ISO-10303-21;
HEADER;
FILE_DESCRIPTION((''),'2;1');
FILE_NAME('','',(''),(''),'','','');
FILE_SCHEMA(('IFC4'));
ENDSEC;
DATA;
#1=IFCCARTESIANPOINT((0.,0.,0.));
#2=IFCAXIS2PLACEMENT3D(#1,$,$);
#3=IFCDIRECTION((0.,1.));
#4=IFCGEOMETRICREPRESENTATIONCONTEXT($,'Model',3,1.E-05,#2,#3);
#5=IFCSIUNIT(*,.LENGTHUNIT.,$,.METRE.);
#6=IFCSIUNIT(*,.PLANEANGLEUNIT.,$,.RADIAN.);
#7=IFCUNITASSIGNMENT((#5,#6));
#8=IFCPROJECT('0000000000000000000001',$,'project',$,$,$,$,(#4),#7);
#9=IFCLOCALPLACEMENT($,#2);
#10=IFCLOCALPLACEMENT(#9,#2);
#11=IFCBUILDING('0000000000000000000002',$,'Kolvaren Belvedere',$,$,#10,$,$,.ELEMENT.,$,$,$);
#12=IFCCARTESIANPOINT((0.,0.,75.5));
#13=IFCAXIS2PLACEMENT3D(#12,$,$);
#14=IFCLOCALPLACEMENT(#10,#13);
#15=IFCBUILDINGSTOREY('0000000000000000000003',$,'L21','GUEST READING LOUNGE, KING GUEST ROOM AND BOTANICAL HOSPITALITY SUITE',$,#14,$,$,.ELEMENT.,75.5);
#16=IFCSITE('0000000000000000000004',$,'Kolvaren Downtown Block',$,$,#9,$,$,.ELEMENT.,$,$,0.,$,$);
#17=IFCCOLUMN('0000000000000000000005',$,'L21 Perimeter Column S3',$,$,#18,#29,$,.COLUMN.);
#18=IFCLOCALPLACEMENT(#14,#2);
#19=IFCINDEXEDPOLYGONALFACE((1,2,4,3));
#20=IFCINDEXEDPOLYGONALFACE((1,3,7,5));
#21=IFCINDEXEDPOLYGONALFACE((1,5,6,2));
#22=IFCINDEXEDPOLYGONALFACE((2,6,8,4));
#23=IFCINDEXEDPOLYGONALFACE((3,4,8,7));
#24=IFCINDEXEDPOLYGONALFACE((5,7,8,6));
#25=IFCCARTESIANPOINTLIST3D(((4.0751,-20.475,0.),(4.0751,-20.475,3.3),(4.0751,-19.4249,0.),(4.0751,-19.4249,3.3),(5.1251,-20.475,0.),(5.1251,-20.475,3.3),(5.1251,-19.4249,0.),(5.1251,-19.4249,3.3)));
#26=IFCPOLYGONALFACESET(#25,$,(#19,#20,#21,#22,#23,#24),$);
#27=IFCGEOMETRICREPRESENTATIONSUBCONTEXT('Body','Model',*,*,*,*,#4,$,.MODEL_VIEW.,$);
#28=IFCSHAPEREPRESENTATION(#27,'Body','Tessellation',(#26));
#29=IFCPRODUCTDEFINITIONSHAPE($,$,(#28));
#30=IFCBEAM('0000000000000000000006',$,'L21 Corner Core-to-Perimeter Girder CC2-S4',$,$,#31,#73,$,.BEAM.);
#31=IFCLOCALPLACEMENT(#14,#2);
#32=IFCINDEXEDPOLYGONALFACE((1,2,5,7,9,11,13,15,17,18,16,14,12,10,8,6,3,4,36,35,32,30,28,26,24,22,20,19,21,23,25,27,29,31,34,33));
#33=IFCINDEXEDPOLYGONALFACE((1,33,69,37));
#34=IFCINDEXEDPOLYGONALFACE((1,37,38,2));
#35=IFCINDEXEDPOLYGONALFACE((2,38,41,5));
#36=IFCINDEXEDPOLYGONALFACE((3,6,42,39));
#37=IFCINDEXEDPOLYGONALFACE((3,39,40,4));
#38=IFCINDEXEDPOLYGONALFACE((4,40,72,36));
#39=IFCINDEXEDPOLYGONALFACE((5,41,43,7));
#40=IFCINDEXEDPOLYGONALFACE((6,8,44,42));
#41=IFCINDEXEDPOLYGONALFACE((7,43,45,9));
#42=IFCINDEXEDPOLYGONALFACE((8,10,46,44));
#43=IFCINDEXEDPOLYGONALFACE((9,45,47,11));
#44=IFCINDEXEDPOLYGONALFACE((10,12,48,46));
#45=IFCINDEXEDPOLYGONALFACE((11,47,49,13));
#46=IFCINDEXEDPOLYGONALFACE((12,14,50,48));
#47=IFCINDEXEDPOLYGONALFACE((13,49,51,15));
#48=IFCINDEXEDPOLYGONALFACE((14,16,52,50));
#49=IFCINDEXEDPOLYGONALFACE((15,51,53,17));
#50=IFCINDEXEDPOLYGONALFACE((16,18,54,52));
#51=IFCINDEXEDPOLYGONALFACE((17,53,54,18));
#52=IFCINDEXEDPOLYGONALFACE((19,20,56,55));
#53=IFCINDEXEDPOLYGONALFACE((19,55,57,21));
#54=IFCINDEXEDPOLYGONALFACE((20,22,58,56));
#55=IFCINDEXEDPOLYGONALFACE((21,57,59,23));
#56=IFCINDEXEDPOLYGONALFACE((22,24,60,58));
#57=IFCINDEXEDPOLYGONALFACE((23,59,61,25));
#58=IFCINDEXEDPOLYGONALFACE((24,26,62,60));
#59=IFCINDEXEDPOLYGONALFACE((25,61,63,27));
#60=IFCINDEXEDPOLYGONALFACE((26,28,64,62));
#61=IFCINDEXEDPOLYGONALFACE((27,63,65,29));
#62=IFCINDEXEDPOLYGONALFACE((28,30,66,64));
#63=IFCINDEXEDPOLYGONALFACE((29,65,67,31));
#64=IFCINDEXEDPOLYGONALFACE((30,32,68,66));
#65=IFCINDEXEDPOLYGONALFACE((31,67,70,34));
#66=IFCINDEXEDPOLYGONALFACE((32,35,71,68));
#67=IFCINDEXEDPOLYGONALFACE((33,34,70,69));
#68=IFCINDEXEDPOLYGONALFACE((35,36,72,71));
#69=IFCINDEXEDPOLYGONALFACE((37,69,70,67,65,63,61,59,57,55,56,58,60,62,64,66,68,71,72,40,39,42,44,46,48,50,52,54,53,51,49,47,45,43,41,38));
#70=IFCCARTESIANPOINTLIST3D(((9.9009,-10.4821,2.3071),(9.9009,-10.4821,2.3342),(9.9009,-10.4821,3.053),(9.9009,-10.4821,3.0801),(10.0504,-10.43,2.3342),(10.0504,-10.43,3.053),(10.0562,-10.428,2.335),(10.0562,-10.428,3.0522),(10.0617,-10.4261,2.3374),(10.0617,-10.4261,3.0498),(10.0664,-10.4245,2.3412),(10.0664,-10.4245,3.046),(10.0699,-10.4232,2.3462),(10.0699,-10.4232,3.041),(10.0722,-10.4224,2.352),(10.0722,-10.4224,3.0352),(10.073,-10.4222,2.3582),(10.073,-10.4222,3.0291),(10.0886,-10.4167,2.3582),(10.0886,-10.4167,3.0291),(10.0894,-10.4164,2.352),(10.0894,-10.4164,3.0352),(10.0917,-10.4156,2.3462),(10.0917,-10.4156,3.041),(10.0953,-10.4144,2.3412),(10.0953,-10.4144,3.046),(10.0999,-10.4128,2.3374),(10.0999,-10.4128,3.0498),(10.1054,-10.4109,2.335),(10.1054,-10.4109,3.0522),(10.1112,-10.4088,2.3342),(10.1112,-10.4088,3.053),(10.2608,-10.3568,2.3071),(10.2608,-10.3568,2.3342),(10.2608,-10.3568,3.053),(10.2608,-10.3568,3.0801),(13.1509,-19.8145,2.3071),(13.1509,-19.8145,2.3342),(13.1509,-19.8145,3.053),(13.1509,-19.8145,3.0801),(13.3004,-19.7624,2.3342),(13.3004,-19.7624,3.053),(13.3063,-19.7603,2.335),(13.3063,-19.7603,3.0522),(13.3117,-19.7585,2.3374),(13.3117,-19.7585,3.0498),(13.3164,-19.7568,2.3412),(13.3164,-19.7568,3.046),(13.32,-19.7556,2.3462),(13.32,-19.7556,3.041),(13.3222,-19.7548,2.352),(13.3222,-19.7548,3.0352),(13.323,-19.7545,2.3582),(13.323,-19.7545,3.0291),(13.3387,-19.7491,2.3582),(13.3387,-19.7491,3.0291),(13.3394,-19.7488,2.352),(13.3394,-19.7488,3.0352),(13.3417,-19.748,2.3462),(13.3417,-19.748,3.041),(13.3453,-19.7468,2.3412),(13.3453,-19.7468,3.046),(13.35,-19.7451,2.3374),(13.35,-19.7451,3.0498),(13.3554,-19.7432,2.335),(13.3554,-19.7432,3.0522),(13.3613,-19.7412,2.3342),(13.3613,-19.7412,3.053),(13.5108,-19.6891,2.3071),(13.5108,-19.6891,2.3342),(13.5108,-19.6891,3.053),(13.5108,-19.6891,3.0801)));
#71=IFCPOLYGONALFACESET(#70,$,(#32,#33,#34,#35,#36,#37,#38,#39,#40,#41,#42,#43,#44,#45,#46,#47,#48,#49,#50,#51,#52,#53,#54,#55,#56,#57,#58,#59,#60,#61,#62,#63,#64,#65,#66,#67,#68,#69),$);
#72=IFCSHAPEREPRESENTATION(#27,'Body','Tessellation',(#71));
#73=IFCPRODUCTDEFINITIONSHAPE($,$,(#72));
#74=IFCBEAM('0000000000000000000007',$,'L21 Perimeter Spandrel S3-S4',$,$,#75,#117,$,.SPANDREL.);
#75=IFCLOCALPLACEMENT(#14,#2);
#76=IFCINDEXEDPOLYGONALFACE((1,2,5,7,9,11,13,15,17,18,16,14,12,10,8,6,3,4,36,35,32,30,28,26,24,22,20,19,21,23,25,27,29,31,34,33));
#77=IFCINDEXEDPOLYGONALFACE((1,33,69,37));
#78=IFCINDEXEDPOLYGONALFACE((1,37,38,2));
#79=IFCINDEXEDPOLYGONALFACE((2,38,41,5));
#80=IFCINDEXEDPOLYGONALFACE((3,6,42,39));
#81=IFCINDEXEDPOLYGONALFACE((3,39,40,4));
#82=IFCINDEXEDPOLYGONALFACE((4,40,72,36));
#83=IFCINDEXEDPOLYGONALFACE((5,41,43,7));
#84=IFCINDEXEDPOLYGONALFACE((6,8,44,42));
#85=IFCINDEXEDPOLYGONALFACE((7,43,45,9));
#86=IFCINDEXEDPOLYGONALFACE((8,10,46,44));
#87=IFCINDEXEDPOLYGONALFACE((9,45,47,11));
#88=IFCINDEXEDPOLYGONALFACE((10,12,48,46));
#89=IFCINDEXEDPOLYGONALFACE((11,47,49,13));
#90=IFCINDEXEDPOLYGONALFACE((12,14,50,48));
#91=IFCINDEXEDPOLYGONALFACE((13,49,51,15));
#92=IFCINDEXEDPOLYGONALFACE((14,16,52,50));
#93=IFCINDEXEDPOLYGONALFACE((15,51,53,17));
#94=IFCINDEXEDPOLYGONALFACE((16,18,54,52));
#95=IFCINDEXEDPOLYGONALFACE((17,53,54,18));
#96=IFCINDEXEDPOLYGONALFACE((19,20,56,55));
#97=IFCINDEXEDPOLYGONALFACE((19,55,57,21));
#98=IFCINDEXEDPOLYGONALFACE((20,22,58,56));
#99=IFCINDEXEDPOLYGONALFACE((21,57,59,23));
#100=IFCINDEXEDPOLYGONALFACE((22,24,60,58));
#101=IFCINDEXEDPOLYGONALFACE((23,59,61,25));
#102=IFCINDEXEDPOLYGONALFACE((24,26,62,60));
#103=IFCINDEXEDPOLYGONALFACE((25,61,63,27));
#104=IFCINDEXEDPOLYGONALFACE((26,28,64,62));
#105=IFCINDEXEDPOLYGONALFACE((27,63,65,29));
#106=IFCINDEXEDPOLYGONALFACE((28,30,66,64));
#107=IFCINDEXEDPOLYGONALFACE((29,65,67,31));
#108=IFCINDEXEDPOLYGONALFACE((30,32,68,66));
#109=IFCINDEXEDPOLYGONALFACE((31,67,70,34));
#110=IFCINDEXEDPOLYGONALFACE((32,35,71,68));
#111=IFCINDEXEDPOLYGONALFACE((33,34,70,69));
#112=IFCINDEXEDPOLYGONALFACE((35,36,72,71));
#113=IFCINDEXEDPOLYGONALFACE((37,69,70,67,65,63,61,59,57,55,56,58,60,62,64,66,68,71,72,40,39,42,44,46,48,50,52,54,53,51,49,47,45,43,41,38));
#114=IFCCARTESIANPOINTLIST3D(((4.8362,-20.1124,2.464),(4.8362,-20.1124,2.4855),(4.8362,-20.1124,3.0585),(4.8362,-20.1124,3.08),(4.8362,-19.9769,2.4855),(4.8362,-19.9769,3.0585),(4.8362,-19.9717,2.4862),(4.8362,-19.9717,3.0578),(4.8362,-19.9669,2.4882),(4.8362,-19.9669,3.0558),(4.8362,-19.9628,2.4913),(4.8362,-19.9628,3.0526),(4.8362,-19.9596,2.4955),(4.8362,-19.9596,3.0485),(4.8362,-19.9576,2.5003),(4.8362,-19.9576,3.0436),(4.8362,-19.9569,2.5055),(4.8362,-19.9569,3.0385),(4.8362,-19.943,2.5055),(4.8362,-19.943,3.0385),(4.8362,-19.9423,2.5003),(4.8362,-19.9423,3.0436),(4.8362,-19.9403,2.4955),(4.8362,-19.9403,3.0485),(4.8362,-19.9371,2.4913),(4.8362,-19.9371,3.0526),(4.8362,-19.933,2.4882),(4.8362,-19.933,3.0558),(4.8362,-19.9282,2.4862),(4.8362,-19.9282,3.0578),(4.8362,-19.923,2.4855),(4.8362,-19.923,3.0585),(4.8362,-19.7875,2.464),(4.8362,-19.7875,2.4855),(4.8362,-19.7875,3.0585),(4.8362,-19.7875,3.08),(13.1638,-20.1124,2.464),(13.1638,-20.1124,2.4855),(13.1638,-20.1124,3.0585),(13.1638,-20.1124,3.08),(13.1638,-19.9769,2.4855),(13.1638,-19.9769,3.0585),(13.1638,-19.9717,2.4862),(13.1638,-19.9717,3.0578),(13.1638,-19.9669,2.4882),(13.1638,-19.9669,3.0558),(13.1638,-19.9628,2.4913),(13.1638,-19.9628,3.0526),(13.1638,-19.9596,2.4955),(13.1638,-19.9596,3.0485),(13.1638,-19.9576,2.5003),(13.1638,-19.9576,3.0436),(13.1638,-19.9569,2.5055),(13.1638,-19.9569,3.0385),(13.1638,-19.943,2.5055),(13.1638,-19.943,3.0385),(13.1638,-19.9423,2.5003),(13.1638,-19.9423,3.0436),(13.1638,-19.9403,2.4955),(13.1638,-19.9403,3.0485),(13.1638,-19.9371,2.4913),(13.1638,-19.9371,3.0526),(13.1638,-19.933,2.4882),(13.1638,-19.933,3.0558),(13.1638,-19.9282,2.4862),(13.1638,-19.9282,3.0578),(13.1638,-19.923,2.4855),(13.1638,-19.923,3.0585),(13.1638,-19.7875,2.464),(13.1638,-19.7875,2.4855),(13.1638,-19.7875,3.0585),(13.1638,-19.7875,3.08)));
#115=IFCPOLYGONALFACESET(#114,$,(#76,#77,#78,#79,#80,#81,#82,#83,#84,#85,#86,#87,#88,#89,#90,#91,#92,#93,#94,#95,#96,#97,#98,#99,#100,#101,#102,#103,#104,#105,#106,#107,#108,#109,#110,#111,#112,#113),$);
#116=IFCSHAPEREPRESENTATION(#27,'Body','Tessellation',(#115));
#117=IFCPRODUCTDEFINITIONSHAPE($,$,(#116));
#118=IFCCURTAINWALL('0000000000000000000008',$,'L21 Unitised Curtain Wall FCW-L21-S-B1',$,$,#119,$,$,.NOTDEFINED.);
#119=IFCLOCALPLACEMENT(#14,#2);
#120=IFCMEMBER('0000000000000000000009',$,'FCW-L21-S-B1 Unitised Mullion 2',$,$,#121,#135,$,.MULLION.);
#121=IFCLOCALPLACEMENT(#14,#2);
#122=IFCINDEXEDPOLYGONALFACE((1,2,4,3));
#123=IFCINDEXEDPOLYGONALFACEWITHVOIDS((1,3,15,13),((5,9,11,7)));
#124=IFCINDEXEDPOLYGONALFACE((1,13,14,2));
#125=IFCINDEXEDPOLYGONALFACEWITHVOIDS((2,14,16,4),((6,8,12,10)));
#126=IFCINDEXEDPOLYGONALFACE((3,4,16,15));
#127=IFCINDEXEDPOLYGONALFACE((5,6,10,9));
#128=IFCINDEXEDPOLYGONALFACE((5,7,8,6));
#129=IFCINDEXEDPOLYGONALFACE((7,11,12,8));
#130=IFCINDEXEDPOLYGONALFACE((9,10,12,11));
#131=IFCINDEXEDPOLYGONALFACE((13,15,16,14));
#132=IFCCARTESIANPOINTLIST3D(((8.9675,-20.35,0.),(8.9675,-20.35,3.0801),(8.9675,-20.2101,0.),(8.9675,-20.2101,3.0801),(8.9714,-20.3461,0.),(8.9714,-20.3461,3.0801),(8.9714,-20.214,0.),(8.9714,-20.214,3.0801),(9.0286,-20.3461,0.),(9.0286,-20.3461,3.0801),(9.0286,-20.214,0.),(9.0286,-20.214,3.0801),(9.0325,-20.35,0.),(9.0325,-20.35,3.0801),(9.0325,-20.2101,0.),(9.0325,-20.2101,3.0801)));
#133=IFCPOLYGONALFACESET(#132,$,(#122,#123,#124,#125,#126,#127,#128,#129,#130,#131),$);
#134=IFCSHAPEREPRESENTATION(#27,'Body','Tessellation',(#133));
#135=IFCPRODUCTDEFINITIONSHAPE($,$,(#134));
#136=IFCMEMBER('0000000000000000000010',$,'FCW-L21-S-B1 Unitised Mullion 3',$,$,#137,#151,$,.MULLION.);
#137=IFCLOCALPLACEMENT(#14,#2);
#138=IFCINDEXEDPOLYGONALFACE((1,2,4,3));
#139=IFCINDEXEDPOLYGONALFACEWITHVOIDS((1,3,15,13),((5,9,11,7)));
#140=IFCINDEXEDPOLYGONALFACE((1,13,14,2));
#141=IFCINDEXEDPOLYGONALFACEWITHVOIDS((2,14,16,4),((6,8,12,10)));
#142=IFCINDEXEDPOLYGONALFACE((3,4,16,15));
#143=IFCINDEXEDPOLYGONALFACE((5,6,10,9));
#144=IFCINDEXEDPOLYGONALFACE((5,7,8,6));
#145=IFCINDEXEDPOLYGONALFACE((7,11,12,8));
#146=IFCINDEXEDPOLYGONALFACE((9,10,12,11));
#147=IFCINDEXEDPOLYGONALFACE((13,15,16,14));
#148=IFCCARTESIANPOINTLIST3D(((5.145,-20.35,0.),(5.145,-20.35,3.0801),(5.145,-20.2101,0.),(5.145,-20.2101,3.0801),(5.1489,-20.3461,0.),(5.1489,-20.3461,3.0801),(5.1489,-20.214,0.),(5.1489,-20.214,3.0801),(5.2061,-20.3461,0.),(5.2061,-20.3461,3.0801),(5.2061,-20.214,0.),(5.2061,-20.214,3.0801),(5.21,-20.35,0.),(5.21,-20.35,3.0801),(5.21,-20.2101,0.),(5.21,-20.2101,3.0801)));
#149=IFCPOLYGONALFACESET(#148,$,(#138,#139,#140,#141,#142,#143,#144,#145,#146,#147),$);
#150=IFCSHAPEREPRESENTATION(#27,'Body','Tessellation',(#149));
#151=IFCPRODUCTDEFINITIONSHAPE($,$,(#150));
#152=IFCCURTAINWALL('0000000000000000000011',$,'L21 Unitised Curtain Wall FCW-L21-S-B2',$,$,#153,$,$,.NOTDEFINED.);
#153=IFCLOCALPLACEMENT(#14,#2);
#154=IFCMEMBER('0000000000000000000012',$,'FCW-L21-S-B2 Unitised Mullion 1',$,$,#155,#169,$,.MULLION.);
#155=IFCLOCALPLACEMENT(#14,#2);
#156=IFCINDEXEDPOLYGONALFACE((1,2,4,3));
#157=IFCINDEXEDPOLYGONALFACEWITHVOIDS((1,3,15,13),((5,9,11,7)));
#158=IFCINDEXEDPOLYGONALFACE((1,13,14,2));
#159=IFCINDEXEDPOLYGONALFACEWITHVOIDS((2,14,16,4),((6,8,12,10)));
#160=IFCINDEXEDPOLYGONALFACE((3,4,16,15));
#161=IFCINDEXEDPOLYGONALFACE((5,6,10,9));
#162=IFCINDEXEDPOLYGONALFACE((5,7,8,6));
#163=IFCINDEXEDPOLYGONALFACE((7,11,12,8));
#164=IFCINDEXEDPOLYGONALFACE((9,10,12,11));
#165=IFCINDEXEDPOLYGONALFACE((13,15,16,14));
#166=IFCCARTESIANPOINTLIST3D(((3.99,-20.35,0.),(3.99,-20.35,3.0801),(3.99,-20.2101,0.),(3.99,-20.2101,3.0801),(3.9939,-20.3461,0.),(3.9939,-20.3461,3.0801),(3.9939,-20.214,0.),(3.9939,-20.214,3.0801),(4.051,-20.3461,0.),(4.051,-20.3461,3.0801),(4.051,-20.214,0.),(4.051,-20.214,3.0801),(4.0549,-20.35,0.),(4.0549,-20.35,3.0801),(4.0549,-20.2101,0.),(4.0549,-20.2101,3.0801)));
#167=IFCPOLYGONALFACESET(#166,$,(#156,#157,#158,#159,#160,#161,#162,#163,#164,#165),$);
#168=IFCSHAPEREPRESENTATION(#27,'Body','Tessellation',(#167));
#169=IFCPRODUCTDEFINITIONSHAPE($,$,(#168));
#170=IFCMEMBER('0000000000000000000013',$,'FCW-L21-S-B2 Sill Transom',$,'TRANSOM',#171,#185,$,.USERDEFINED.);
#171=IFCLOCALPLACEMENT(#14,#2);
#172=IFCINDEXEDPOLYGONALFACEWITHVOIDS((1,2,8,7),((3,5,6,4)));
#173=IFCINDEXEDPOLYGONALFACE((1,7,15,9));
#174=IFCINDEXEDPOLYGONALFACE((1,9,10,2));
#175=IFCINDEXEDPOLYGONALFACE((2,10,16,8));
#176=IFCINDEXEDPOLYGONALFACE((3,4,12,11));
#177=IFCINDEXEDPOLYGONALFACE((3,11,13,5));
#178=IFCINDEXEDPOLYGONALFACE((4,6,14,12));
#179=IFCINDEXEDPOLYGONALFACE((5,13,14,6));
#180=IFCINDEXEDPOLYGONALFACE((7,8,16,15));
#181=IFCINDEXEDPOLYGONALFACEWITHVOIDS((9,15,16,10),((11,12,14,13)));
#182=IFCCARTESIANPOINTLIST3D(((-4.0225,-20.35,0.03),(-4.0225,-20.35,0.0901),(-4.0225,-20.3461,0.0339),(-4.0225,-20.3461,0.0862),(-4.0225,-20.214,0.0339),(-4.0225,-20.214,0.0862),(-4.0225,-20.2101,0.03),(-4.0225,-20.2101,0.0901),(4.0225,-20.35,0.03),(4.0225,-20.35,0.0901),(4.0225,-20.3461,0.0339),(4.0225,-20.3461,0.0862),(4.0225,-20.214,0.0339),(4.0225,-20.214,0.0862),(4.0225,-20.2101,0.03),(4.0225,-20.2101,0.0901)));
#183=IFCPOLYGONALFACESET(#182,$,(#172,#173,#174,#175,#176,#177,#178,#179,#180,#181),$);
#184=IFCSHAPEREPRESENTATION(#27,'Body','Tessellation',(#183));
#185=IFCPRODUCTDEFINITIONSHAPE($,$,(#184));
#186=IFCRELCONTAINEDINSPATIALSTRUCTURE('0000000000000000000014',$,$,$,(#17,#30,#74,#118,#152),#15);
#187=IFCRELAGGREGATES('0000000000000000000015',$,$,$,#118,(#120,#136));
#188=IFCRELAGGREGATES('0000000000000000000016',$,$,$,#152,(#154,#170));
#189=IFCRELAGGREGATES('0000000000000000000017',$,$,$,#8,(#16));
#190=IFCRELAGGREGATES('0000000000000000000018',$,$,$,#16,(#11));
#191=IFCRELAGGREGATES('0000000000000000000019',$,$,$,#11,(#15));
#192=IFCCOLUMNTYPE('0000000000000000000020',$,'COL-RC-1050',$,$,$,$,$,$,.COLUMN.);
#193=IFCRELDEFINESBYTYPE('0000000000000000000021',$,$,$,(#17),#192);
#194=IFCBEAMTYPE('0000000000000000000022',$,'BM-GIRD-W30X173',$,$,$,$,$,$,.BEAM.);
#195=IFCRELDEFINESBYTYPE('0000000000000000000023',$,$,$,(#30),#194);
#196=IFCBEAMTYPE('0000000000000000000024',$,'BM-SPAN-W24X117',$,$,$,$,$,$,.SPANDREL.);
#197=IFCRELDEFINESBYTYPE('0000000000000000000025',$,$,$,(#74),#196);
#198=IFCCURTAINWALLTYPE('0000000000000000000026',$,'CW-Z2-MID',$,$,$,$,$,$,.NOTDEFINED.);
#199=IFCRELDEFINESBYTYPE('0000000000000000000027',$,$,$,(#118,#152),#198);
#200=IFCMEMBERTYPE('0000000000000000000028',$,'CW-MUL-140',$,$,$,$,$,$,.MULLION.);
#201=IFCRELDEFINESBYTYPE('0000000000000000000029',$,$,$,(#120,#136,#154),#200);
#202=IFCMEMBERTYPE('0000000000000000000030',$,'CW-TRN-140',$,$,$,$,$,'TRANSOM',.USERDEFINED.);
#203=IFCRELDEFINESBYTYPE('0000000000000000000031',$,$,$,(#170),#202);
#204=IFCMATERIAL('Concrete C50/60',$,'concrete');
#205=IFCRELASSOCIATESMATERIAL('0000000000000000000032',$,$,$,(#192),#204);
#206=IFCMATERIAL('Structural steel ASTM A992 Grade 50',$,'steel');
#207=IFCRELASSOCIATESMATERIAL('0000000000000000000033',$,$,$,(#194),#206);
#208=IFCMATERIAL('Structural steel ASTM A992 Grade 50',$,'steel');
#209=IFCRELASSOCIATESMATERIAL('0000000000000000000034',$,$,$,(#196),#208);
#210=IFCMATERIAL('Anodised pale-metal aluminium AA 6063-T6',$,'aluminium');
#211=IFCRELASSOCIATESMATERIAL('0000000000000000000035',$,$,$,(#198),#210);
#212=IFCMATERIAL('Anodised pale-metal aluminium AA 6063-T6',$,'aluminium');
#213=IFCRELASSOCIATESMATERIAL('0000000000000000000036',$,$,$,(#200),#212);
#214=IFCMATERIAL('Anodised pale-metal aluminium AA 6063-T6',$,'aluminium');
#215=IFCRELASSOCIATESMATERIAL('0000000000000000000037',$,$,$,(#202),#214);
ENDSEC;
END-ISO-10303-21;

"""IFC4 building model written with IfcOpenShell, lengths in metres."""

from ifc_helpers import new_model, si_unit, direction, frame, origin, origin_2d, place, context, subcontext, project, spatial, rectangle, hollow_rectangle, i_section, extrude, material, material_profile, profile_set, type_object, element, aggregate, save


model = new_model("IFC4")

# Units and contexts
model_context = context("Model", 3, precision=1e-05, world=origin(), true_north=direction((0.0, 1.0)))
body_context = subcontext(model_context, "Body", "Model", "MODEL_VIEW")
ifc_project = project(units=[si_unit("LENGTHUNIT", "METRE"), si_unit("PLANEANGLEUNIT", "RADIAN")], contexts=[model_context])

# Site, building, storey
site_placement = place(None, origin())
site = spatial("IfcSite", under=ifc_project, at=site_placement, Name="Kolvaren Downtown Block", CompositionType="ELEMENT", RefElevation=0.0)
building_placement = place(site_placement, origin())
building = spatial("IfcBuilding", under=site, at=building_placement, Name="Kolvaren Belvedere", CompositionType="ELEMENT")
storey_placement = place(building_placement, frame((0.0, 0.0, 75.5)))
storey = spatial("IfcBuildingStorey", under=building, at=storey_placement, Name="L21", Description="GUEST READING LOUNGE, KING GUEST ROOM AND BOTANICAL HOSPITALITY SUITE", CompositionType="ELEMENT", Elevation=75.5)

# Column
ifc_material_1 = material(Name="Concrete C50/60", Category="concrete")
ifc_material_profile_1 = material_profile(ifc_material_1, rectangle(XDim=1.05, YDim=1.05, at=origin_2d()), Name="RC 1050X1050")
ifc_profile_set_1 = profile_set([ifc_material_profile_1], Name="Concrete C50/60")
column_type = type_object("IfcColumnType", Name="COL-RC-1050", PredefinedType="COLUMN", material=ifc_profile_set_1)
column_placement = place(storey_placement, frame((4.6001, -19.95, 0.0), z_axis=(0.0, 0.0, 1.0), x_axis=(1.0, 0.0, 0.0)))
element("IfcColumn", 1, at=column_placement, inside=storey, type_object=column_type, Name="L21 Perimeter Column S3", PredefinedType="COLUMN", context=body_context, shape_type="SweptSolid", body=[
    extrude(rectangle(XDim=1.05, YDim=1.05, at=origin_2d()), origin(), (0.0, 0.0, 1.0), 3.3),
])

# Beams
ifc_material_2 = material(Name="Structural steel ASTM A992 Grade 50", Category="steel")
ifc_material_profile_2 = material_profile(ifc_material_2, i_section(OverallWidth=0.3811, OverallDepth=0.7729, WebThickness=0.0166, FlangeThickness=0.0271, FilletRadius=0.0239, at=origin_2d()), Name="W30X173")
ifc_profile_set_2 = profile_set([ifc_material_profile_2], Name="Structural steel ASTM A992 Grade 50")
beam_type_1 = type_object("IfcBeamType", Name="BM-GIRD-W30X173", PredefinedType="BEAM", material=ifc_profile_set_2)
beam_1_placement = place(storey_placement, frame((10.0808, -10.4194, 2.6936), z_axis=(0.328881, -0.944371, 0.0), x_axis=(0.944371, 0.328881, 0.0)))
element("IfcBeam", 2, at=beam_1_placement, inside=storey, type_object=beam_type_1, Name="L21 Corner Core-to-Perimeter Girder CC2-S4", PredefinedType="BEAM", context=body_context, shape_type="SweptSolid", body=[
    extrude(i_section(OverallWidth=0.3811, OverallDepth=0.7729, WebThickness=0.0166, FlangeThickness=0.0271, FilletRadius=0.0239, at=origin_2d()), origin(), (0.0, 0.0, 1.0), 9.8821),
])
ifc_material_3 = material(Name="Structural steel ASTM A992 Grade 50", Category="steel")
ifc_material_profile_3 = material_profile(ifc_material_3, i_section(OverallWidth=0.325, OverallDepth=0.616, WebThickness=0.0139, FlangeThickness=0.0215, FilletRadius=0.02, at=origin_2d()), Name="W24X117")
ifc_profile_set_3 = profile_set([ifc_material_profile_3], Name="Structural steel ASTM A992 Grade 50")
beam_type_2 = type_object("IfcBeamType", Name="BM-SPAN-W24X117", PredefinedType="SPANDREL", material=ifc_profile_set_3)
beam_2_placement = place(storey_placement, frame((4.8362, -19.95, 2.772), z_axis=(1.0, 0.0, 0.0), x_axis=(0.0, 1.0, 0.0)))
element("IfcBeam", 3, at=beam_2_placement, inside=storey, type_object=beam_type_2, Name="L21 Perimeter Spandrel S3-S4", PredefinedType="SPANDREL", context=body_context, shape_type="SweptSolid", body=[
    extrude(i_section(OverallWidth=0.325, OverallDepth=0.616, WebThickness=0.0139, FlangeThickness=0.0215, FilletRadius=0.02, at=origin_2d()), origin(), (0.0, 0.0, 1.0), 8.3276),
])

# Curtain walls, members
ifc_material_4 = material(Name="Anodised pale-metal aluminium AA 6063-T6", Category="aluminium")
curtain_wall_type = type_object("IfcCurtainWallType", Name="CW-Z2-MID", PredefinedType="NOTDEFINED", material=ifc_material_4)
curtain_wall_1_placement = place(storey_placement, origin())
curtain_wall_1 = element("IfcCurtainWall", 4, at=curtain_wall_1_placement, inside=storey, type_object=curtain_wall_type, Name="L21 Unitised Curtain Wall FCW-L21-S-B1", PredefinedType="NOTDEFINED")
ifc_material_5 = material(Name="Anodised pale-metal aluminium AA 6063-T6", Category="aluminium")
ifc_material_profile_4 = material_profile(ifc_material_5, hollow_rectangle(XDim=0.0649, YDim=0.1399, WallThickness=0.0039, at=origin_2d()), Name="ALU-MUL-140X65")
ifc_profile_set_4 = profile_set([ifc_material_profile_4], Name="Anodised pale-metal aluminium AA 6063-T6")
member_type_1 = type_object("IfcMemberType", Name="CW-MUL-140", PredefinedType="MULLION", material=ifc_profile_set_4)
member_1_placement = place(storey_placement, frame((9.0, -20.28, 0.0), z_axis=(0.0, 0.0, 1.0), x_axis=(1.0, 0.0, 0.0)))
member_1 = element("IfcMember", 5, at=member_1_placement, type_object=member_type_1, Name="FCW-L21-S-B1 Unitised Mullion 2", PredefinedType="MULLION", context=body_context, shape_type="SweptSolid", body=[
    extrude(hollow_rectangle(XDim=0.0649, YDim=0.1399, WallThickness=0.0039, at=origin_2d()), origin(), (0.0, 0.0, 1.0), 3.0801),
])
member_2_placement = place(storey_placement, frame((5.1775, -20.28, 0.0), z_axis=(0.0, 0.0, 1.0), x_axis=(1.0, 0.0, 0.0)))
member_2 = element("IfcMember", 6, at=member_2_placement, type_object=member_type_1, Name="FCW-L21-S-B1 Unitised Mullion 3", PredefinedType="MULLION", context=body_context, shape_type="SweptSolid", body=[
    extrude(hollow_rectangle(XDim=0.0649, YDim=0.1399, WallThickness=0.0039, at=origin_2d()), origin(), (0.0, 0.0, 1.0), 3.0801),
])
curtain_wall_2_placement = place(storey_placement, origin())
curtain_wall_2 = element("IfcCurtainWall", 7, at=curtain_wall_2_placement, inside=storey, type_object=curtain_wall_type, Name="L21 Unitised Curtain Wall FCW-L21-S-B2", PredefinedType="NOTDEFINED")
member_3_placement = place(storey_placement, frame((4.0225, -20.28, 0.0), z_axis=(0.0, 0.0, 1.0), x_axis=(1.0, 0.0, 0.0)))
member_3 = element("IfcMember", 8, at=member_3_placement, type_object=member_type_1, Name="FCW-L21-S-B2 Unitised Mullion 1", PredefinedType="MULLION", context=body_context, shape_type="SweptSolid", body=[
    extrude(hollow_rectangle(XDim=0.0649, YDim=0.1399, WallThickness=0.0039, at=origin_2d()), origin(), (0.0, 0.0, 1.0), 3.0801),
])
ifc_material_6 = material(Name="Anodised pale-metal aluminium AA 6063-T6", Category="aluminium")
ifc_material_profile_5 = material_profile(ifc_material_6, hollow_rectangle(XDim=0.0601, YDim=0.1399, WallThickness=0.0039, at=origin_2d()), Name="ALU-TRN-140X60")
ifc_profile_set_5 = profile_set([ifc_material_profile_5], Name="Anodised pale-metal aluminium AA 6063-T6")
member_type_2 = type_object("IfcMemberType", Name="CW-TRN-140", ElementType="TRANSOM", PredefinedType="USERDEFINED", material=ifc_profile_set_5)
member_4_placement = place(storey_placement, frame((4.0225, -20.28, 0.0601), z_axis=(-1.0, 0.0, 0.0), x_axis=(0.0, 0.0, 1.0)))
member_4 = element("IfcMember", 9, at=member_4_placement, type_object=member_type_2, Name="FCW-L21-S-B2 Sill Transom", ObjectType="TRANSOM", PredefinedType="USERDEFINED", context=body_context, shape_type="SweptSolid", body=[
    extrude(hollow_rectangle(XDim=0.0601, YDim=0.1399, WallThickness=0.0039, at=origin_2d()), origin(), (0.0, 0.0, 1.0), 8.0449),
])

aggregate(curtain_wall_1, [member_1, member_2])
aggregate(curtain_wall_2, [member_3, member_4])

save(model, "model.ifc")
